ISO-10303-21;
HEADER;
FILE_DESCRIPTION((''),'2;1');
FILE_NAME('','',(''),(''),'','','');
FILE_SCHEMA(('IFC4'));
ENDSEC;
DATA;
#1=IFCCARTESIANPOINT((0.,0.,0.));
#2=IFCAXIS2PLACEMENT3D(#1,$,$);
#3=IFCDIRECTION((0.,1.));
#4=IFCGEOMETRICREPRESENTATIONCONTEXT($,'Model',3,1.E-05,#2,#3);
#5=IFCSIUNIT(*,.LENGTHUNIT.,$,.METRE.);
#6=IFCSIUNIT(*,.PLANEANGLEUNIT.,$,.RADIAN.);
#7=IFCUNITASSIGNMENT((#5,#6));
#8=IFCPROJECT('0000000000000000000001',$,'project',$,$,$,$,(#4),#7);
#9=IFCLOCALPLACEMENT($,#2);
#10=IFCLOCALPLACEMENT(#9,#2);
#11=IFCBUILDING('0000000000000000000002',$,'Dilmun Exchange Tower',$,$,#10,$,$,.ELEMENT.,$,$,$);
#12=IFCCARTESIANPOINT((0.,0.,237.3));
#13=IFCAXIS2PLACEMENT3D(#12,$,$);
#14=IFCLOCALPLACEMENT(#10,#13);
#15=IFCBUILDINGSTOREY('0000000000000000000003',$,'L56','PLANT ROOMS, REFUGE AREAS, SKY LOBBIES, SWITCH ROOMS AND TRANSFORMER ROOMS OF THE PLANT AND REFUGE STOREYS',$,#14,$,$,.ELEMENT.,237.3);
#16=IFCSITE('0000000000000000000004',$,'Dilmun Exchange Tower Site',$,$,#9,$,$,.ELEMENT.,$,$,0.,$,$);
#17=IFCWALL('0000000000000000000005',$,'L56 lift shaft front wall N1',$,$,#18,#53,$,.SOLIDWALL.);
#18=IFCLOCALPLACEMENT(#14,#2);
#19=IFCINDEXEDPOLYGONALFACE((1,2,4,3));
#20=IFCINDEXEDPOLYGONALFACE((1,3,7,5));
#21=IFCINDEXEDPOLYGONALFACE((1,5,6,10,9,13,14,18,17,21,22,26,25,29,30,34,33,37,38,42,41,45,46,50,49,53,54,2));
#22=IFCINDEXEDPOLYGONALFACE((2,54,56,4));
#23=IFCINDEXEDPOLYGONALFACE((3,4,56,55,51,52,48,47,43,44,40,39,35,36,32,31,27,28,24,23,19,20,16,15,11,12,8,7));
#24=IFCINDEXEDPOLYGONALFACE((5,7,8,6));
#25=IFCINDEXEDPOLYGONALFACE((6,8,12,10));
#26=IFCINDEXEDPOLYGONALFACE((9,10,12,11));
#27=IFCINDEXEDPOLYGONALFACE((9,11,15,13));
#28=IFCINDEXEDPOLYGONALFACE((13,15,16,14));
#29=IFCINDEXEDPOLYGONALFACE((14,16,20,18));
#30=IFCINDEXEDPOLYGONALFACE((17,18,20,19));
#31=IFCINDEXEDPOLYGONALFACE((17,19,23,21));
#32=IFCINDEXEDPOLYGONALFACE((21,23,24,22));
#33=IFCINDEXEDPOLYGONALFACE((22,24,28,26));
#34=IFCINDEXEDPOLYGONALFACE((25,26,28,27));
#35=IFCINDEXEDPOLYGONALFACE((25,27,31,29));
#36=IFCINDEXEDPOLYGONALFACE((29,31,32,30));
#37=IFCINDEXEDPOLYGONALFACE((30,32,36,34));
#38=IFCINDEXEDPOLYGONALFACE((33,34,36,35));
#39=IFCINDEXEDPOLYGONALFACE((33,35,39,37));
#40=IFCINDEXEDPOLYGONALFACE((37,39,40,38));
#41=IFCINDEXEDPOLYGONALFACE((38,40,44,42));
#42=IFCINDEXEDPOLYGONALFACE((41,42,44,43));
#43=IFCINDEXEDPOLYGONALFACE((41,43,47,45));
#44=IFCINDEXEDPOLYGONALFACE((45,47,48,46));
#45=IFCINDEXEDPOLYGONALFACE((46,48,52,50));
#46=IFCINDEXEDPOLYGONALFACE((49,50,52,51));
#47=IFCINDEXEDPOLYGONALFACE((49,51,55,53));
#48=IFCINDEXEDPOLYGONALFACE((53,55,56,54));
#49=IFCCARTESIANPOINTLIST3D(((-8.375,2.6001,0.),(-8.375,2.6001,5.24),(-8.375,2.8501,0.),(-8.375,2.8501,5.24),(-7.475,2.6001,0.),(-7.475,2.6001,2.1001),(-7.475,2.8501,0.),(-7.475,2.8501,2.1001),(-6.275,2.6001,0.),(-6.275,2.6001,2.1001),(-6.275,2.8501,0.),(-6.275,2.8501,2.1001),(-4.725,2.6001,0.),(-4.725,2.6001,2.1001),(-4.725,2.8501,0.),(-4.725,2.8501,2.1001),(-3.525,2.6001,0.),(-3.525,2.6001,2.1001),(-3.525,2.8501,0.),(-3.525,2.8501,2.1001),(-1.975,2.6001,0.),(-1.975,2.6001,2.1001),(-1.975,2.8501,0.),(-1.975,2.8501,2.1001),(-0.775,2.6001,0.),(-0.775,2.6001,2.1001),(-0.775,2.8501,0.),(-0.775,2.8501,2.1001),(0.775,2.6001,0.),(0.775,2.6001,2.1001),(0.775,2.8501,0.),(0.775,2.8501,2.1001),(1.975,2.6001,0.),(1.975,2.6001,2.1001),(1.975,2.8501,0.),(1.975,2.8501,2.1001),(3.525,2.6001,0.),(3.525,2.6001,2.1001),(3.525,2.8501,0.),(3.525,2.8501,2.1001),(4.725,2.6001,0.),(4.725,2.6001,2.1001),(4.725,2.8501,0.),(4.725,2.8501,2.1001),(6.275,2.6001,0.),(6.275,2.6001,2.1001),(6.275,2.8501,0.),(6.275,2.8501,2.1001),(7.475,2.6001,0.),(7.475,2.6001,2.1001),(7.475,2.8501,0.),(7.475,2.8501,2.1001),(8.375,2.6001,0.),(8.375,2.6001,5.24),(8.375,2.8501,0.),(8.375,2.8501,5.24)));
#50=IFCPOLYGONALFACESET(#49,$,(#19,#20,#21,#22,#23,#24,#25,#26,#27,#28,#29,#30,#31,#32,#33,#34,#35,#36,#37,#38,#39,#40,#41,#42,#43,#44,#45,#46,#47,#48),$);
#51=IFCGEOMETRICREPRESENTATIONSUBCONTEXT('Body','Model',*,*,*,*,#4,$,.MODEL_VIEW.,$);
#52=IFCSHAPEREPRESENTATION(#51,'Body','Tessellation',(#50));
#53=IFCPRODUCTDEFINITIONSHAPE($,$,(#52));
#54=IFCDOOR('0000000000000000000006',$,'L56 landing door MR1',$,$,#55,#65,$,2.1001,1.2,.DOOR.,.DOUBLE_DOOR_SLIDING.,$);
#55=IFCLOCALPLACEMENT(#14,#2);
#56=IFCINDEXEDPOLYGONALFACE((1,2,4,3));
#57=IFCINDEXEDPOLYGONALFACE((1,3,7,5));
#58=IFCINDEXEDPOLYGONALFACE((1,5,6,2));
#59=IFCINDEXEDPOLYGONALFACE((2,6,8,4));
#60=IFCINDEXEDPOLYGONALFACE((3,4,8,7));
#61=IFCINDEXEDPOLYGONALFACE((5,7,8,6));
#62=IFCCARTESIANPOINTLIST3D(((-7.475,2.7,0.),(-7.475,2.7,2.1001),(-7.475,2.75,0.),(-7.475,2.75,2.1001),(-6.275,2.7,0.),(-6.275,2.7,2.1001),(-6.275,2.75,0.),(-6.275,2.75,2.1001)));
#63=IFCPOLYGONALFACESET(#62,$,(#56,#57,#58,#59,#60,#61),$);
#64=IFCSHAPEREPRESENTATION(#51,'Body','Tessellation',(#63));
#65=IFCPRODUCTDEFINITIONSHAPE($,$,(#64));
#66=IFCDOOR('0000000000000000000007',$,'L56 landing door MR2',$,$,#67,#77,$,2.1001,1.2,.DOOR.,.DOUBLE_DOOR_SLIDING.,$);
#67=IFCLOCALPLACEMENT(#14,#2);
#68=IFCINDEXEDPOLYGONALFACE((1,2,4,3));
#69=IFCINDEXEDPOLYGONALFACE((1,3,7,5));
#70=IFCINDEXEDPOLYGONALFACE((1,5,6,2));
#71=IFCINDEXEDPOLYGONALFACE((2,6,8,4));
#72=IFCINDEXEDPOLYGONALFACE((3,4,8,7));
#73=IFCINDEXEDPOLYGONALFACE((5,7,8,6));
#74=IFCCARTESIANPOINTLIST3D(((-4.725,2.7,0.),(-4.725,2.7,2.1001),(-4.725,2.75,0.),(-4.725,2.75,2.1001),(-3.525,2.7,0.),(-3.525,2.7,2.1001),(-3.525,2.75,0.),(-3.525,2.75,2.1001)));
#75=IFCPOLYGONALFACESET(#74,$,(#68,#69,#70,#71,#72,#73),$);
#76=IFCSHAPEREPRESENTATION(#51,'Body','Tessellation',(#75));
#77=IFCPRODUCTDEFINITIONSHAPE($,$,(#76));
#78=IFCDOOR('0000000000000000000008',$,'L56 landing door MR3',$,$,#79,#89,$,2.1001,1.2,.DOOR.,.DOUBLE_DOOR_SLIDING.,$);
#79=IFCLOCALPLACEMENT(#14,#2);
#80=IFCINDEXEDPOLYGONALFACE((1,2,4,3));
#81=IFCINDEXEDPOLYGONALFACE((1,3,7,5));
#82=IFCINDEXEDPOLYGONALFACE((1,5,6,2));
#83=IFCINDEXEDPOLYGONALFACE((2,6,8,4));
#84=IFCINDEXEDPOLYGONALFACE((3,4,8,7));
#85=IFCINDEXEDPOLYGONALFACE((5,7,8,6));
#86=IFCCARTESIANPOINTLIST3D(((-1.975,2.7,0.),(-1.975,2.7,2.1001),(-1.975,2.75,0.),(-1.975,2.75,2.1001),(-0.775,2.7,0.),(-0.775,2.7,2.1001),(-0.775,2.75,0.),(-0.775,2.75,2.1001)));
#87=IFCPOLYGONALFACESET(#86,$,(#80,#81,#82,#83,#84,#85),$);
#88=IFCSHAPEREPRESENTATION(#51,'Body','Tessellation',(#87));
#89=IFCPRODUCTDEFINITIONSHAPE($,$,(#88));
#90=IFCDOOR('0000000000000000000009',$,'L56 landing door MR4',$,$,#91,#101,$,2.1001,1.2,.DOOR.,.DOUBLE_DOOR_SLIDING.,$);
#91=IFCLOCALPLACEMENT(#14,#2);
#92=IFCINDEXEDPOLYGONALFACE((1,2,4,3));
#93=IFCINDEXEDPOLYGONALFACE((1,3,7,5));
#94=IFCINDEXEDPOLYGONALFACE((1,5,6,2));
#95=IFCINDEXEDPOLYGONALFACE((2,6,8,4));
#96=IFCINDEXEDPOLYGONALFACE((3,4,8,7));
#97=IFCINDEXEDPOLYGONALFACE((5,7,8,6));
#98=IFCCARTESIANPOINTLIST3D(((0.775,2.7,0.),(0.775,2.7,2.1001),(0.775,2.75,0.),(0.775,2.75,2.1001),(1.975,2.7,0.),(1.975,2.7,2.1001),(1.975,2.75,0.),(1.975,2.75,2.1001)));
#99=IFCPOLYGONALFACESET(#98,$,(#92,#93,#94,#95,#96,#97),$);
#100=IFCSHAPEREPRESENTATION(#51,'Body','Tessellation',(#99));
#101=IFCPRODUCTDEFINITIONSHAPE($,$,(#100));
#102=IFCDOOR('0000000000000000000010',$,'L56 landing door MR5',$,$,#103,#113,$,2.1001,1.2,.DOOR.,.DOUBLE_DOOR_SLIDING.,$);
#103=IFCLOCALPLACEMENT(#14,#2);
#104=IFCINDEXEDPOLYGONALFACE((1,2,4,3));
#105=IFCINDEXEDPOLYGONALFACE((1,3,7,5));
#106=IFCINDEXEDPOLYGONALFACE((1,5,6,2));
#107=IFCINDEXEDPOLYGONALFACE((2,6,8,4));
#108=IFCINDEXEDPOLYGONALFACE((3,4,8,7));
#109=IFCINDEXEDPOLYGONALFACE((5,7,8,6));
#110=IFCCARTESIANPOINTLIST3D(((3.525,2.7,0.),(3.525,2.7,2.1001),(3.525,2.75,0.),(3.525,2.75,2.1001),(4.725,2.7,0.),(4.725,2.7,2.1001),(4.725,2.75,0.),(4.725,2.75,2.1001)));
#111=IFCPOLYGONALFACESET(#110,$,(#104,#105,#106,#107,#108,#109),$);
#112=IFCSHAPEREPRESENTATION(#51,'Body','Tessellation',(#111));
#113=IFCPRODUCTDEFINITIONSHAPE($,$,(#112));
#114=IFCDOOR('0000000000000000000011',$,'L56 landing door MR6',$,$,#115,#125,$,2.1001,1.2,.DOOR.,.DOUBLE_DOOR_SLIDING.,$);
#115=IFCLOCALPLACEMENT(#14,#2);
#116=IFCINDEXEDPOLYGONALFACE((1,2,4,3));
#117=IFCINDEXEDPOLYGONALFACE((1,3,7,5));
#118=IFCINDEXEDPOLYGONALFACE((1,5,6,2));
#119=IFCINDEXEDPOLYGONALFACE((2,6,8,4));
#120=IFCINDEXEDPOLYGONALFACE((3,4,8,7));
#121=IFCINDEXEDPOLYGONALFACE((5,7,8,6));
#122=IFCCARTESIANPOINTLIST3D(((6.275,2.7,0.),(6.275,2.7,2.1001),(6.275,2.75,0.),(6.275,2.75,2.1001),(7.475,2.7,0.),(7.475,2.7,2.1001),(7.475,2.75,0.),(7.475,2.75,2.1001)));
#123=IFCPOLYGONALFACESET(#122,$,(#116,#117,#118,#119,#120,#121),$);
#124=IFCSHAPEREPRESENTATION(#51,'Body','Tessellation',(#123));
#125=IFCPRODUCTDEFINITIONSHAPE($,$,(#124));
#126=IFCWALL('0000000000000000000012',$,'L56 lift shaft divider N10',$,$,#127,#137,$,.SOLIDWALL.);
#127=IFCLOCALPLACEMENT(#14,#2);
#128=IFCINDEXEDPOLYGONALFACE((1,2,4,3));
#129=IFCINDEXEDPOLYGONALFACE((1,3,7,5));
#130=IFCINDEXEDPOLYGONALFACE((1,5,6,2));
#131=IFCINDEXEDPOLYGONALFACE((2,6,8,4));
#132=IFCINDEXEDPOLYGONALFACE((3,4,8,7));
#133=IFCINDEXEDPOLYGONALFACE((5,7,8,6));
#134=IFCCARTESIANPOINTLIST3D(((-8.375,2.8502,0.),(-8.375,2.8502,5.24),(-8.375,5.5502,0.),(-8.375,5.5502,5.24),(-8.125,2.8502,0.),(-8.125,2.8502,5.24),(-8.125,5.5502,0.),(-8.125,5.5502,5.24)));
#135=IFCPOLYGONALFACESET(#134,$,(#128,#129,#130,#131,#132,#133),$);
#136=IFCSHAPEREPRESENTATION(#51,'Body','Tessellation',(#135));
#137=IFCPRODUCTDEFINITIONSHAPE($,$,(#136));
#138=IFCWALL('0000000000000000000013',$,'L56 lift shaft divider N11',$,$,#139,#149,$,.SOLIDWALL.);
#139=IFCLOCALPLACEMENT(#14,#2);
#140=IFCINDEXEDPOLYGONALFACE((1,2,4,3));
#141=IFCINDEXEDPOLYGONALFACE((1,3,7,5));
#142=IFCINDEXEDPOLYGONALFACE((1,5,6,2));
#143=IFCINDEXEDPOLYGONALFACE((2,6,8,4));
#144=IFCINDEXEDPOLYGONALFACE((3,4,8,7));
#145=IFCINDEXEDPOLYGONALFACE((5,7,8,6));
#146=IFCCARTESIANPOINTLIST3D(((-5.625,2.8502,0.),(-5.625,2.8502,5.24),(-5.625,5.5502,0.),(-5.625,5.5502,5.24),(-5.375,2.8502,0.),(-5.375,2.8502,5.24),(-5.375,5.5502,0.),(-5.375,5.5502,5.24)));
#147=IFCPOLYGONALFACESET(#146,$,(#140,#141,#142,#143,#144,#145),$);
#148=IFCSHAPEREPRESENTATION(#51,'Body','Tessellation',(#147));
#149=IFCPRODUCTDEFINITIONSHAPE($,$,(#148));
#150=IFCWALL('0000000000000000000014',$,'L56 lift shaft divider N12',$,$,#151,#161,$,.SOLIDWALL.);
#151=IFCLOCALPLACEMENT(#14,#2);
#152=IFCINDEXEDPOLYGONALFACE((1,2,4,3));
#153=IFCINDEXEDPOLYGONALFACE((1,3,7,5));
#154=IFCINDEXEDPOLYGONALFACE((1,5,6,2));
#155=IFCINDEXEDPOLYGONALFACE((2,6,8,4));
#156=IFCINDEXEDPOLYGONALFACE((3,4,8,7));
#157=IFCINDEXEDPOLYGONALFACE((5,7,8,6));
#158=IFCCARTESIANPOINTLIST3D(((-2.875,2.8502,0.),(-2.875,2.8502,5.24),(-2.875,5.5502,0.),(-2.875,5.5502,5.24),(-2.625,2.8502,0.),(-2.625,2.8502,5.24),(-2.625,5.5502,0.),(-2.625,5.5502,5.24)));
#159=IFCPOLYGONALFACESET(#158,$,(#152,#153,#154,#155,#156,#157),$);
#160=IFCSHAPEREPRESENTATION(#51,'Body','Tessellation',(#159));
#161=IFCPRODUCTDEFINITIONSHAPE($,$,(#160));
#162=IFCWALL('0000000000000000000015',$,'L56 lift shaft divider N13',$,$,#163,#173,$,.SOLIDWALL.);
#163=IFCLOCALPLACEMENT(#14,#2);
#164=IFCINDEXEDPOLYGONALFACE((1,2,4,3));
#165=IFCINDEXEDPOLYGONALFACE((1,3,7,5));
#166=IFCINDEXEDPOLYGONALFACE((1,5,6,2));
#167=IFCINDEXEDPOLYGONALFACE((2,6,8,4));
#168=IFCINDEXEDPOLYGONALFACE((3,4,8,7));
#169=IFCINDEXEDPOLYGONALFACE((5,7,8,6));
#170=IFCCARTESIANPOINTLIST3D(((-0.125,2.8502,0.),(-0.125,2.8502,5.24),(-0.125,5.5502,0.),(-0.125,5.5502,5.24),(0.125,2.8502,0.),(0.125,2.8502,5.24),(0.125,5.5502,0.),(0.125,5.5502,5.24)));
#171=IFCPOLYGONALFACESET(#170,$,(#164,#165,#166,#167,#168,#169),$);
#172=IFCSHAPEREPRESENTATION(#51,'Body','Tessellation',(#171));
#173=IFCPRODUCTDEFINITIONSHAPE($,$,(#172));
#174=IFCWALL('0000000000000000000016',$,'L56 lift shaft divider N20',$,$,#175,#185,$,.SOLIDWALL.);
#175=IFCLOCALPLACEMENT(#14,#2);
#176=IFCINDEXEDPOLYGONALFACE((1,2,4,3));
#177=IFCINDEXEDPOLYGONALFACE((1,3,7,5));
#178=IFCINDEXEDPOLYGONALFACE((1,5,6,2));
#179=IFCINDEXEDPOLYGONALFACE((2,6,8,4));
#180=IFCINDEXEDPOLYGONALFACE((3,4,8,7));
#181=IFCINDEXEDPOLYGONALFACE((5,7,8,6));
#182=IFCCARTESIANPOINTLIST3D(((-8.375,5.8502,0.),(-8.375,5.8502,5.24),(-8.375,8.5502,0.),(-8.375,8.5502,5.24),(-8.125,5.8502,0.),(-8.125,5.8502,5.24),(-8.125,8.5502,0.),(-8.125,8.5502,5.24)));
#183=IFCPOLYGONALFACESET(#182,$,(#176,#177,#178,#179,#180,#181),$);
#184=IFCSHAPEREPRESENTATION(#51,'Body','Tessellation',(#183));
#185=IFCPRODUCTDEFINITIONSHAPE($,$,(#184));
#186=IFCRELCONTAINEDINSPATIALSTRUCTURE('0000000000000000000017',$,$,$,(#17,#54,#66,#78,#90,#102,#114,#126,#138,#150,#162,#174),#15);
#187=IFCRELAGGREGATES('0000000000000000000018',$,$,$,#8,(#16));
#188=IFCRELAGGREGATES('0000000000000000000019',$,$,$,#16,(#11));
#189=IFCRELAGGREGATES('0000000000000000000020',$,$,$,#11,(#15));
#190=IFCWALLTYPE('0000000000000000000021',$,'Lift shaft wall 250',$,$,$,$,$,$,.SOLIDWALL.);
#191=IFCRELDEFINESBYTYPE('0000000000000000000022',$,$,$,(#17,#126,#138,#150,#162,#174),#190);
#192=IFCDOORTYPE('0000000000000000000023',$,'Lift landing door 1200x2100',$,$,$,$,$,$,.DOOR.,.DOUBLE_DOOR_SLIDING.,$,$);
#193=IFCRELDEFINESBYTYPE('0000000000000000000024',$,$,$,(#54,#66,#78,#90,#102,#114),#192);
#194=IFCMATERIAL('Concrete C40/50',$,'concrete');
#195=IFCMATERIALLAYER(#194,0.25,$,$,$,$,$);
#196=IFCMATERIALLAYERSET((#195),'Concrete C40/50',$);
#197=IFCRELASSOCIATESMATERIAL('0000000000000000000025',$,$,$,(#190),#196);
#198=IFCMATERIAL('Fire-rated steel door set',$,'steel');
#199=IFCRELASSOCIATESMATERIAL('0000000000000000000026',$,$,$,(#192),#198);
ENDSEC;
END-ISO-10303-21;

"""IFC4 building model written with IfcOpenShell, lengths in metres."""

from ifc_helpers import new_model, si_unit, direction, frame, frame_2d, origin, place, context, subcontext, project, spatial, rectangle, extrude, material, layer, layer_set, type_object, element, fill, save


model = new_model("IFC4")

# Units and contexts
model_context = context("Model", 3, precision=1e-05, world=origin(), true_north=direction((0.0, 1.0)))
body_context = subcontext(model_context, "Body", "Model", "MODEL_VIEW")
ifc_project = project(units=[si_unit("LENGTHUNIT", "METRE"), si_unit("PLANEANGLEUNIT", "RADIAN")], contexts=[model_context])

# Site, building, storey
site_placement = place(None, origin())
site = spatial("IfcSite", under=ifc_project, at=site_placement, Name="Dilmun Exchange Tower Site", CompositionType="ELEMENT", RefElevation=0.0)
building_placement = place(site_placement, origin())
building = spatial("IfcBuilding", under=site, at=building_placement, Name="Dilmun Exchange Tower", CompositionType="ELEMENT")
storey_placement = place(building_placement, frame((0.0, 0.0, 237.3)))
storey = spatial("IfcBuildingStorey", under=building, at=storey_placement, Name="L56", Description="PLANT ROOMS, REFUGE AREAS, SKY LOBBIES, SWITCH ROOMS AND TRANSFORMER ROOMS OF THE PLANT AND REFUGE STOREYS", CompositionType="ELEMENT", Elevation=237.3)

# Shared definitions
ifc_material_1 = material(Name="Concrete C40/50", Category="concrete")

# Shared definitions
ifc_material_2 = material(Name="Fire-rated steel door set", Category="steel")

# Wall, openings, doors
ifc_layer_1 = layer(ifc_material_1, 0.25)
ifc_layer_set_1 = layer_set([ifc_layer_1], Name="Concrete C40/50")
wall_type_1 = type_object("IfcWallType", Name="Lift shaft wall 250", PredefinedType="SOLIDWALL", material=ifc_layer_set_1)
wall_1_placement = place(storey_placement, frame((-8.375, 2.7251, 0.0), z_axis=(0.0, 0.0, 1.0), x_axis=(1.0, 0.0, 0.0)))
wall_1 = element("IfcWall", 1, at=wall_1_placement, inside=storey, type_object=wall_type_1, Name="L56 lift shaft front wall N1", PredefinedType="SOLIDWALL", context=body_context, shape_type="SweptSolid", body=[
    extrude(rectangle(XDim=16.75, YDim=0.25, at=frame_2d((8.375, 0.0))), origin(), (0.0, 0.0, 1.0), 5.24),
])
opening_1_placement = place(wall_1_placement, frame((0.8999, 0.0, 0.0)))
opening_1 = element("IfcOpeningElement", 2, at=opening_1_placement, cuts=wall_1, PredefinedType="OPENING", context=body_context, shape_type="SweptSolid", body=[
    extrude(rectangle(XDim=1.2, YDim=2.1001, at=frame_2d((0.6001, 1.05))), frame((0.0, 0.135, 0.0), z_axis=(0.0, -1.0, 0.0), x_axis=(1.0, 0.0, 0.0)), (0.0, 0.0, 1.0), 0.27),
])
opening_2_placement = place(wall_1_placement, frame((3.6499, 0.0, 0.0)))
opening_2 = element("IfcOpeningElement", 3, at=opening_2_placement, cuts=wall_1, PredefinedType="OPENING", context=body_context, shape_type="SweptSolid", body=[
    extrude(rectangle(XDim=1.2, YDim=2.1001, at=frame_2d((0.6001, 1.05))), frame((0.0, 0.135, 0.0), z_axis=(0.0, -1.0, 0.0), x_axis=(1.0, 0.0, 0.0)), (0.0, 0.0, 1.0), 0.27),
])
opening_3_placement = place(wall_1_placement, frame((6.3999, 0.0, 0.0)))
opening_3 = element("IfcOpeningElement", 4, at=opening_3_placement, cuts=wall_1, PredefinedType="OPENING", context=body_context, shape_type="SweptSolid", body=[
    extrude(rectangle(XDim=1.2, YDim=2.1001, at=frame_2d((0.6001, 1.05))), frame((0.0, 0.135, 0.0), z_axis=(0.0, -1.0, 0.0), x_axis=(1.0, 0.0, 0.0)), (0.0, 0.0, 1.0), 0.27),
])
opening_4_placement = place(wall_1_placement, frame((9.1499, 0.0, 0.0)))
opening_4 = element("IfcOpeningElement", 5, at=opening_4_placement, cuts=wall_1, PredefinedType="OPENING", context=body_context, shape_type="SweptSolid", body=[
    extrude(rectangle(XDim=1.2, YDim=2.1001, at=frame_2d((0.6001, 1.05))), frame((0.0, 0.135, 0.0), z_axis=(0.0, -1.0, 0.0), x_axis=(1.0, 0.0, 0.0)), (0.0, 0.0, 1.0), 0.27),
])
opening_5_placement = place(wall_1_placement, frame((11.8999, 0.0, 0.0)))
opening_5 = element("IfcOpeningElement", 6, at=opening_5_placement, cuts=wall_1, PredefinedType="OPENING", context=body_context, shape_type="SweptSolid", body=[
    extrude(rectangle(XDim=1.2, YDim=2.1001, at=frame_2d((0.6001, 1.05))), frame((0.0, 0.135, 0.0), z_axis=(0.0, -1.0, 0.0), x_axis=(1.0, 0.0, 0.0)), (0.0, 0.0, 1.0), 0.27),
])
opening_6_placement = place(wall_1_placement, frame((14.6499, 0.0, 0.0)))
opening_6 = element("IfcOpeningElement", 7, at=opening_6_placement, cuts=wall_1, PredefinedType="OPENING", context=body_context, shape_type="SweptSolid", body=[
    extrude(rectangle(XDim=1.2, YDim=2.1001, at=frame_2d((0.6001, 1.05))), frame((0.0, 0.135, 0.0), z_axis=(0.0, -1.0, 0.0), x_axis=(1.0, 0.0, 0.0)), (0.0, 0.0, 1.0), 0.27),
])
door_type_1 = type_object("IfcDoorType", Name="Lift landing door 1200x2100", OperationType="DOUBLE_DOOR_SLIDING", PredefinedType="DOOR", material=ifc_material_2)
door_1_placement = place(opening_1_placement, origin())
door_1 = element("IfcDoor", 8, at=door_1_placement, inside=storey, type_object=door_type_1, Name="L56 landing door MR1", OperationType="DOUBLE_DOOR_SLIDING", OverallHeight=2.1001, OverallWidth=1.2, PredefinedType="DOOR", context=body_context, shape_type="SweptSolid", body=[
    extrude(rectangle(XDim=1.2, YDim=2.1001, at=frame_2d((0.6001, 1.05))), frame((0.0, 0.0249, 0.0), z_axis=(0.0, -1.0, 0.0), x_axis=(1.0, 0.0, 0.0)), (0.0, 0.0, 1.0), 0.05),
])
fill(opening_1, door_1)
door_2_placement = place(opening_2_placement, origin())
door_2 = element("IfcDoor", 9, at=door_2_placement, inside=storey, type_object=door_type_1, Name="L56 landing door MR2", OperationType="DOUBLE_DOOR_SLIDING", OverallHeight=2.1001, OverallWidth=1.2, PredefinedType="DOOR", context=body_context, shape_type="SweptSolid", body=[
    extrude(rectangle(XDim=1.2, YDim=2.1001, at=frame_2d((0.6001, 1.05))), frame((0.0, 0.0249, 0.0), z_axis=(0.0, -1.0, 0.0), x_axis=(1.0, 0.0, 0.0)), (0.0, 0.0, 1.0), 0.05),
])
fill(opening_2, door_2)
door_3_placement = place(opening_3_placement, origin())
door_3 = element("IfcDoor", 10, at=door_3_placement, inside=storey, type_object=door_type_1, Name="L56 landing door MR3", OperationType="DOUBLE_DOOR_SLIDING", OverallHeight=2.1001, OverallWidth=1.2, PredefinedType="DOOR", context=body_context, shape_type="SweptSolid", body=[
    extrude(rectangle(XDim=1.2, YDim=2.1001, at=frame_2d((0.6001, 1.05))), frame((0.0, 0.0249, 0.0), z_axis=(0.0, -1.0, 0.0), x_axis=(1.0, 0.0, 0.0)), (0.0, 0.0, 1.0), 0.05),
])
fill(opening_3, door_3)
door_4_placement = place(opening_4_placement, origin())
door_4 = element("IfcDoor", 11, at=door_4_placement, inside=storey, type_object=door_type_1, Name="L56 landing door MR4", OperationType="DOUBLE_DOOR_SLIDING", OverallHeight=2.1001, OverallWidth=1.2, PredefinedType="DOOR", context=body_context, shape_type="SweptSolid", body=[
    extrude(rectangle(XDim=1.2, YDim=2.1001, at=frame_2d((0.6001, 1.05))), frame((0.0, 0.0249, 0.0), z_axis=(0.0, -1.0, 0.0), x_axis=(1.0, 0.0, 0.0)), (0.0, 0.0, 1.0), 0.05),
])
fill(opening_4, door_4)
door_5_placement = place(opening_5_placement, origin())
door_5 = element("IfcDoor", 12, at=door_5_placement, inside=storey, type_object=door_type_1, Name="L56 landing door MR5", OperationType="DOUBLE_DOOR_SLIDING", OverallHeight=2.1001, OverallWidth=1.2, PredefinedType="DOOR", context=body_context, shape_type="SweptSolid", body=[
    extrude(rectangle(XDim=1.2, YDim=2.1001, at=frame_2d((0.6001, 1.05))), frame((0.0, 0.0249, 0.0), z_axis=(0.0, -1.0, 0.0), x_axis=(1.0, 0.0, 0.0)), (0.0, 0.0, 1.0), 0.05),
])
fill(opening_5, door_5)
door_6_placement = place(opening_6_placement, origin())
door_6 = element("IfcDoor", 13, at=door_6_placement, inside=storey, type_object=door_type_1, Name="L56 landing door MR6", OperationType="DOUBLE_DOOR_SLIDING", OverallHeight=2.1001, OverallWidth=1.2, PredefinedType="DOOR", context=body_context, shape_type="SweptSolid", body=[
    extrude(rectangle(XDim=1.2, YDim=2.1001, at=frame_2d((0.6001, 1.05))), frame((0.0, 0.0249, 0.0), z_axis=(0.0, -1.0, 0.0), x_axis=(1.0, 0.0, 0.0)), (0.0, 0.0, 1.0), 0.05),
])
fill(opening_6, door_6)

# Walls
for number, where, z_axis, x_axis, name in (
    (14, (-8.25, 2.8501, 0.0), (0.0, 0.0, 1.0), (0.0, 1.0, 0.0), "L56 lift shaft divider N10"),
    (15, (-5.5, 2.8501, 0.0), (0.0, 0.0, 1.0), (0.0, 1.0, 0.0), "L56 lift shaft divider N11"),
    (16, (-2.75, 2.8501, 0.0), (0.0, 0.0, 1.0), (0.0, 1.0, 0.0), "L56 lift shaft divider N12"),
    (17, (0.0, 2.8501, 0.0), (0.0, 0.0, 1.0), (0.0, 1.0, 0.0), "L56 lift shaft divider N13"),
    (18, (-8.25, 5.8501, 0.0), (0.0, 0.0, 1.0), (0.0, 1.0, 0.0), "L56 lift shaft divider N20"),
):
    element("IfcWall", number, at=place(storey_placement, frame(where, z_axis=z_axis, x_axis=x_axis)), inside=storey, type_object=wall_type_1, Name=name, PredefinedType="SOLIDWALL", context=body_context, shape_type="SweptSolid", body=[
        extrude(rectangle(XDim=2.7, YDim=0.25, at=frame_2d((1.3501, 0.0))), origin(), (0.0, 0.0, 1.0), 5.24),
    ])

save(model, "model.ifc")
